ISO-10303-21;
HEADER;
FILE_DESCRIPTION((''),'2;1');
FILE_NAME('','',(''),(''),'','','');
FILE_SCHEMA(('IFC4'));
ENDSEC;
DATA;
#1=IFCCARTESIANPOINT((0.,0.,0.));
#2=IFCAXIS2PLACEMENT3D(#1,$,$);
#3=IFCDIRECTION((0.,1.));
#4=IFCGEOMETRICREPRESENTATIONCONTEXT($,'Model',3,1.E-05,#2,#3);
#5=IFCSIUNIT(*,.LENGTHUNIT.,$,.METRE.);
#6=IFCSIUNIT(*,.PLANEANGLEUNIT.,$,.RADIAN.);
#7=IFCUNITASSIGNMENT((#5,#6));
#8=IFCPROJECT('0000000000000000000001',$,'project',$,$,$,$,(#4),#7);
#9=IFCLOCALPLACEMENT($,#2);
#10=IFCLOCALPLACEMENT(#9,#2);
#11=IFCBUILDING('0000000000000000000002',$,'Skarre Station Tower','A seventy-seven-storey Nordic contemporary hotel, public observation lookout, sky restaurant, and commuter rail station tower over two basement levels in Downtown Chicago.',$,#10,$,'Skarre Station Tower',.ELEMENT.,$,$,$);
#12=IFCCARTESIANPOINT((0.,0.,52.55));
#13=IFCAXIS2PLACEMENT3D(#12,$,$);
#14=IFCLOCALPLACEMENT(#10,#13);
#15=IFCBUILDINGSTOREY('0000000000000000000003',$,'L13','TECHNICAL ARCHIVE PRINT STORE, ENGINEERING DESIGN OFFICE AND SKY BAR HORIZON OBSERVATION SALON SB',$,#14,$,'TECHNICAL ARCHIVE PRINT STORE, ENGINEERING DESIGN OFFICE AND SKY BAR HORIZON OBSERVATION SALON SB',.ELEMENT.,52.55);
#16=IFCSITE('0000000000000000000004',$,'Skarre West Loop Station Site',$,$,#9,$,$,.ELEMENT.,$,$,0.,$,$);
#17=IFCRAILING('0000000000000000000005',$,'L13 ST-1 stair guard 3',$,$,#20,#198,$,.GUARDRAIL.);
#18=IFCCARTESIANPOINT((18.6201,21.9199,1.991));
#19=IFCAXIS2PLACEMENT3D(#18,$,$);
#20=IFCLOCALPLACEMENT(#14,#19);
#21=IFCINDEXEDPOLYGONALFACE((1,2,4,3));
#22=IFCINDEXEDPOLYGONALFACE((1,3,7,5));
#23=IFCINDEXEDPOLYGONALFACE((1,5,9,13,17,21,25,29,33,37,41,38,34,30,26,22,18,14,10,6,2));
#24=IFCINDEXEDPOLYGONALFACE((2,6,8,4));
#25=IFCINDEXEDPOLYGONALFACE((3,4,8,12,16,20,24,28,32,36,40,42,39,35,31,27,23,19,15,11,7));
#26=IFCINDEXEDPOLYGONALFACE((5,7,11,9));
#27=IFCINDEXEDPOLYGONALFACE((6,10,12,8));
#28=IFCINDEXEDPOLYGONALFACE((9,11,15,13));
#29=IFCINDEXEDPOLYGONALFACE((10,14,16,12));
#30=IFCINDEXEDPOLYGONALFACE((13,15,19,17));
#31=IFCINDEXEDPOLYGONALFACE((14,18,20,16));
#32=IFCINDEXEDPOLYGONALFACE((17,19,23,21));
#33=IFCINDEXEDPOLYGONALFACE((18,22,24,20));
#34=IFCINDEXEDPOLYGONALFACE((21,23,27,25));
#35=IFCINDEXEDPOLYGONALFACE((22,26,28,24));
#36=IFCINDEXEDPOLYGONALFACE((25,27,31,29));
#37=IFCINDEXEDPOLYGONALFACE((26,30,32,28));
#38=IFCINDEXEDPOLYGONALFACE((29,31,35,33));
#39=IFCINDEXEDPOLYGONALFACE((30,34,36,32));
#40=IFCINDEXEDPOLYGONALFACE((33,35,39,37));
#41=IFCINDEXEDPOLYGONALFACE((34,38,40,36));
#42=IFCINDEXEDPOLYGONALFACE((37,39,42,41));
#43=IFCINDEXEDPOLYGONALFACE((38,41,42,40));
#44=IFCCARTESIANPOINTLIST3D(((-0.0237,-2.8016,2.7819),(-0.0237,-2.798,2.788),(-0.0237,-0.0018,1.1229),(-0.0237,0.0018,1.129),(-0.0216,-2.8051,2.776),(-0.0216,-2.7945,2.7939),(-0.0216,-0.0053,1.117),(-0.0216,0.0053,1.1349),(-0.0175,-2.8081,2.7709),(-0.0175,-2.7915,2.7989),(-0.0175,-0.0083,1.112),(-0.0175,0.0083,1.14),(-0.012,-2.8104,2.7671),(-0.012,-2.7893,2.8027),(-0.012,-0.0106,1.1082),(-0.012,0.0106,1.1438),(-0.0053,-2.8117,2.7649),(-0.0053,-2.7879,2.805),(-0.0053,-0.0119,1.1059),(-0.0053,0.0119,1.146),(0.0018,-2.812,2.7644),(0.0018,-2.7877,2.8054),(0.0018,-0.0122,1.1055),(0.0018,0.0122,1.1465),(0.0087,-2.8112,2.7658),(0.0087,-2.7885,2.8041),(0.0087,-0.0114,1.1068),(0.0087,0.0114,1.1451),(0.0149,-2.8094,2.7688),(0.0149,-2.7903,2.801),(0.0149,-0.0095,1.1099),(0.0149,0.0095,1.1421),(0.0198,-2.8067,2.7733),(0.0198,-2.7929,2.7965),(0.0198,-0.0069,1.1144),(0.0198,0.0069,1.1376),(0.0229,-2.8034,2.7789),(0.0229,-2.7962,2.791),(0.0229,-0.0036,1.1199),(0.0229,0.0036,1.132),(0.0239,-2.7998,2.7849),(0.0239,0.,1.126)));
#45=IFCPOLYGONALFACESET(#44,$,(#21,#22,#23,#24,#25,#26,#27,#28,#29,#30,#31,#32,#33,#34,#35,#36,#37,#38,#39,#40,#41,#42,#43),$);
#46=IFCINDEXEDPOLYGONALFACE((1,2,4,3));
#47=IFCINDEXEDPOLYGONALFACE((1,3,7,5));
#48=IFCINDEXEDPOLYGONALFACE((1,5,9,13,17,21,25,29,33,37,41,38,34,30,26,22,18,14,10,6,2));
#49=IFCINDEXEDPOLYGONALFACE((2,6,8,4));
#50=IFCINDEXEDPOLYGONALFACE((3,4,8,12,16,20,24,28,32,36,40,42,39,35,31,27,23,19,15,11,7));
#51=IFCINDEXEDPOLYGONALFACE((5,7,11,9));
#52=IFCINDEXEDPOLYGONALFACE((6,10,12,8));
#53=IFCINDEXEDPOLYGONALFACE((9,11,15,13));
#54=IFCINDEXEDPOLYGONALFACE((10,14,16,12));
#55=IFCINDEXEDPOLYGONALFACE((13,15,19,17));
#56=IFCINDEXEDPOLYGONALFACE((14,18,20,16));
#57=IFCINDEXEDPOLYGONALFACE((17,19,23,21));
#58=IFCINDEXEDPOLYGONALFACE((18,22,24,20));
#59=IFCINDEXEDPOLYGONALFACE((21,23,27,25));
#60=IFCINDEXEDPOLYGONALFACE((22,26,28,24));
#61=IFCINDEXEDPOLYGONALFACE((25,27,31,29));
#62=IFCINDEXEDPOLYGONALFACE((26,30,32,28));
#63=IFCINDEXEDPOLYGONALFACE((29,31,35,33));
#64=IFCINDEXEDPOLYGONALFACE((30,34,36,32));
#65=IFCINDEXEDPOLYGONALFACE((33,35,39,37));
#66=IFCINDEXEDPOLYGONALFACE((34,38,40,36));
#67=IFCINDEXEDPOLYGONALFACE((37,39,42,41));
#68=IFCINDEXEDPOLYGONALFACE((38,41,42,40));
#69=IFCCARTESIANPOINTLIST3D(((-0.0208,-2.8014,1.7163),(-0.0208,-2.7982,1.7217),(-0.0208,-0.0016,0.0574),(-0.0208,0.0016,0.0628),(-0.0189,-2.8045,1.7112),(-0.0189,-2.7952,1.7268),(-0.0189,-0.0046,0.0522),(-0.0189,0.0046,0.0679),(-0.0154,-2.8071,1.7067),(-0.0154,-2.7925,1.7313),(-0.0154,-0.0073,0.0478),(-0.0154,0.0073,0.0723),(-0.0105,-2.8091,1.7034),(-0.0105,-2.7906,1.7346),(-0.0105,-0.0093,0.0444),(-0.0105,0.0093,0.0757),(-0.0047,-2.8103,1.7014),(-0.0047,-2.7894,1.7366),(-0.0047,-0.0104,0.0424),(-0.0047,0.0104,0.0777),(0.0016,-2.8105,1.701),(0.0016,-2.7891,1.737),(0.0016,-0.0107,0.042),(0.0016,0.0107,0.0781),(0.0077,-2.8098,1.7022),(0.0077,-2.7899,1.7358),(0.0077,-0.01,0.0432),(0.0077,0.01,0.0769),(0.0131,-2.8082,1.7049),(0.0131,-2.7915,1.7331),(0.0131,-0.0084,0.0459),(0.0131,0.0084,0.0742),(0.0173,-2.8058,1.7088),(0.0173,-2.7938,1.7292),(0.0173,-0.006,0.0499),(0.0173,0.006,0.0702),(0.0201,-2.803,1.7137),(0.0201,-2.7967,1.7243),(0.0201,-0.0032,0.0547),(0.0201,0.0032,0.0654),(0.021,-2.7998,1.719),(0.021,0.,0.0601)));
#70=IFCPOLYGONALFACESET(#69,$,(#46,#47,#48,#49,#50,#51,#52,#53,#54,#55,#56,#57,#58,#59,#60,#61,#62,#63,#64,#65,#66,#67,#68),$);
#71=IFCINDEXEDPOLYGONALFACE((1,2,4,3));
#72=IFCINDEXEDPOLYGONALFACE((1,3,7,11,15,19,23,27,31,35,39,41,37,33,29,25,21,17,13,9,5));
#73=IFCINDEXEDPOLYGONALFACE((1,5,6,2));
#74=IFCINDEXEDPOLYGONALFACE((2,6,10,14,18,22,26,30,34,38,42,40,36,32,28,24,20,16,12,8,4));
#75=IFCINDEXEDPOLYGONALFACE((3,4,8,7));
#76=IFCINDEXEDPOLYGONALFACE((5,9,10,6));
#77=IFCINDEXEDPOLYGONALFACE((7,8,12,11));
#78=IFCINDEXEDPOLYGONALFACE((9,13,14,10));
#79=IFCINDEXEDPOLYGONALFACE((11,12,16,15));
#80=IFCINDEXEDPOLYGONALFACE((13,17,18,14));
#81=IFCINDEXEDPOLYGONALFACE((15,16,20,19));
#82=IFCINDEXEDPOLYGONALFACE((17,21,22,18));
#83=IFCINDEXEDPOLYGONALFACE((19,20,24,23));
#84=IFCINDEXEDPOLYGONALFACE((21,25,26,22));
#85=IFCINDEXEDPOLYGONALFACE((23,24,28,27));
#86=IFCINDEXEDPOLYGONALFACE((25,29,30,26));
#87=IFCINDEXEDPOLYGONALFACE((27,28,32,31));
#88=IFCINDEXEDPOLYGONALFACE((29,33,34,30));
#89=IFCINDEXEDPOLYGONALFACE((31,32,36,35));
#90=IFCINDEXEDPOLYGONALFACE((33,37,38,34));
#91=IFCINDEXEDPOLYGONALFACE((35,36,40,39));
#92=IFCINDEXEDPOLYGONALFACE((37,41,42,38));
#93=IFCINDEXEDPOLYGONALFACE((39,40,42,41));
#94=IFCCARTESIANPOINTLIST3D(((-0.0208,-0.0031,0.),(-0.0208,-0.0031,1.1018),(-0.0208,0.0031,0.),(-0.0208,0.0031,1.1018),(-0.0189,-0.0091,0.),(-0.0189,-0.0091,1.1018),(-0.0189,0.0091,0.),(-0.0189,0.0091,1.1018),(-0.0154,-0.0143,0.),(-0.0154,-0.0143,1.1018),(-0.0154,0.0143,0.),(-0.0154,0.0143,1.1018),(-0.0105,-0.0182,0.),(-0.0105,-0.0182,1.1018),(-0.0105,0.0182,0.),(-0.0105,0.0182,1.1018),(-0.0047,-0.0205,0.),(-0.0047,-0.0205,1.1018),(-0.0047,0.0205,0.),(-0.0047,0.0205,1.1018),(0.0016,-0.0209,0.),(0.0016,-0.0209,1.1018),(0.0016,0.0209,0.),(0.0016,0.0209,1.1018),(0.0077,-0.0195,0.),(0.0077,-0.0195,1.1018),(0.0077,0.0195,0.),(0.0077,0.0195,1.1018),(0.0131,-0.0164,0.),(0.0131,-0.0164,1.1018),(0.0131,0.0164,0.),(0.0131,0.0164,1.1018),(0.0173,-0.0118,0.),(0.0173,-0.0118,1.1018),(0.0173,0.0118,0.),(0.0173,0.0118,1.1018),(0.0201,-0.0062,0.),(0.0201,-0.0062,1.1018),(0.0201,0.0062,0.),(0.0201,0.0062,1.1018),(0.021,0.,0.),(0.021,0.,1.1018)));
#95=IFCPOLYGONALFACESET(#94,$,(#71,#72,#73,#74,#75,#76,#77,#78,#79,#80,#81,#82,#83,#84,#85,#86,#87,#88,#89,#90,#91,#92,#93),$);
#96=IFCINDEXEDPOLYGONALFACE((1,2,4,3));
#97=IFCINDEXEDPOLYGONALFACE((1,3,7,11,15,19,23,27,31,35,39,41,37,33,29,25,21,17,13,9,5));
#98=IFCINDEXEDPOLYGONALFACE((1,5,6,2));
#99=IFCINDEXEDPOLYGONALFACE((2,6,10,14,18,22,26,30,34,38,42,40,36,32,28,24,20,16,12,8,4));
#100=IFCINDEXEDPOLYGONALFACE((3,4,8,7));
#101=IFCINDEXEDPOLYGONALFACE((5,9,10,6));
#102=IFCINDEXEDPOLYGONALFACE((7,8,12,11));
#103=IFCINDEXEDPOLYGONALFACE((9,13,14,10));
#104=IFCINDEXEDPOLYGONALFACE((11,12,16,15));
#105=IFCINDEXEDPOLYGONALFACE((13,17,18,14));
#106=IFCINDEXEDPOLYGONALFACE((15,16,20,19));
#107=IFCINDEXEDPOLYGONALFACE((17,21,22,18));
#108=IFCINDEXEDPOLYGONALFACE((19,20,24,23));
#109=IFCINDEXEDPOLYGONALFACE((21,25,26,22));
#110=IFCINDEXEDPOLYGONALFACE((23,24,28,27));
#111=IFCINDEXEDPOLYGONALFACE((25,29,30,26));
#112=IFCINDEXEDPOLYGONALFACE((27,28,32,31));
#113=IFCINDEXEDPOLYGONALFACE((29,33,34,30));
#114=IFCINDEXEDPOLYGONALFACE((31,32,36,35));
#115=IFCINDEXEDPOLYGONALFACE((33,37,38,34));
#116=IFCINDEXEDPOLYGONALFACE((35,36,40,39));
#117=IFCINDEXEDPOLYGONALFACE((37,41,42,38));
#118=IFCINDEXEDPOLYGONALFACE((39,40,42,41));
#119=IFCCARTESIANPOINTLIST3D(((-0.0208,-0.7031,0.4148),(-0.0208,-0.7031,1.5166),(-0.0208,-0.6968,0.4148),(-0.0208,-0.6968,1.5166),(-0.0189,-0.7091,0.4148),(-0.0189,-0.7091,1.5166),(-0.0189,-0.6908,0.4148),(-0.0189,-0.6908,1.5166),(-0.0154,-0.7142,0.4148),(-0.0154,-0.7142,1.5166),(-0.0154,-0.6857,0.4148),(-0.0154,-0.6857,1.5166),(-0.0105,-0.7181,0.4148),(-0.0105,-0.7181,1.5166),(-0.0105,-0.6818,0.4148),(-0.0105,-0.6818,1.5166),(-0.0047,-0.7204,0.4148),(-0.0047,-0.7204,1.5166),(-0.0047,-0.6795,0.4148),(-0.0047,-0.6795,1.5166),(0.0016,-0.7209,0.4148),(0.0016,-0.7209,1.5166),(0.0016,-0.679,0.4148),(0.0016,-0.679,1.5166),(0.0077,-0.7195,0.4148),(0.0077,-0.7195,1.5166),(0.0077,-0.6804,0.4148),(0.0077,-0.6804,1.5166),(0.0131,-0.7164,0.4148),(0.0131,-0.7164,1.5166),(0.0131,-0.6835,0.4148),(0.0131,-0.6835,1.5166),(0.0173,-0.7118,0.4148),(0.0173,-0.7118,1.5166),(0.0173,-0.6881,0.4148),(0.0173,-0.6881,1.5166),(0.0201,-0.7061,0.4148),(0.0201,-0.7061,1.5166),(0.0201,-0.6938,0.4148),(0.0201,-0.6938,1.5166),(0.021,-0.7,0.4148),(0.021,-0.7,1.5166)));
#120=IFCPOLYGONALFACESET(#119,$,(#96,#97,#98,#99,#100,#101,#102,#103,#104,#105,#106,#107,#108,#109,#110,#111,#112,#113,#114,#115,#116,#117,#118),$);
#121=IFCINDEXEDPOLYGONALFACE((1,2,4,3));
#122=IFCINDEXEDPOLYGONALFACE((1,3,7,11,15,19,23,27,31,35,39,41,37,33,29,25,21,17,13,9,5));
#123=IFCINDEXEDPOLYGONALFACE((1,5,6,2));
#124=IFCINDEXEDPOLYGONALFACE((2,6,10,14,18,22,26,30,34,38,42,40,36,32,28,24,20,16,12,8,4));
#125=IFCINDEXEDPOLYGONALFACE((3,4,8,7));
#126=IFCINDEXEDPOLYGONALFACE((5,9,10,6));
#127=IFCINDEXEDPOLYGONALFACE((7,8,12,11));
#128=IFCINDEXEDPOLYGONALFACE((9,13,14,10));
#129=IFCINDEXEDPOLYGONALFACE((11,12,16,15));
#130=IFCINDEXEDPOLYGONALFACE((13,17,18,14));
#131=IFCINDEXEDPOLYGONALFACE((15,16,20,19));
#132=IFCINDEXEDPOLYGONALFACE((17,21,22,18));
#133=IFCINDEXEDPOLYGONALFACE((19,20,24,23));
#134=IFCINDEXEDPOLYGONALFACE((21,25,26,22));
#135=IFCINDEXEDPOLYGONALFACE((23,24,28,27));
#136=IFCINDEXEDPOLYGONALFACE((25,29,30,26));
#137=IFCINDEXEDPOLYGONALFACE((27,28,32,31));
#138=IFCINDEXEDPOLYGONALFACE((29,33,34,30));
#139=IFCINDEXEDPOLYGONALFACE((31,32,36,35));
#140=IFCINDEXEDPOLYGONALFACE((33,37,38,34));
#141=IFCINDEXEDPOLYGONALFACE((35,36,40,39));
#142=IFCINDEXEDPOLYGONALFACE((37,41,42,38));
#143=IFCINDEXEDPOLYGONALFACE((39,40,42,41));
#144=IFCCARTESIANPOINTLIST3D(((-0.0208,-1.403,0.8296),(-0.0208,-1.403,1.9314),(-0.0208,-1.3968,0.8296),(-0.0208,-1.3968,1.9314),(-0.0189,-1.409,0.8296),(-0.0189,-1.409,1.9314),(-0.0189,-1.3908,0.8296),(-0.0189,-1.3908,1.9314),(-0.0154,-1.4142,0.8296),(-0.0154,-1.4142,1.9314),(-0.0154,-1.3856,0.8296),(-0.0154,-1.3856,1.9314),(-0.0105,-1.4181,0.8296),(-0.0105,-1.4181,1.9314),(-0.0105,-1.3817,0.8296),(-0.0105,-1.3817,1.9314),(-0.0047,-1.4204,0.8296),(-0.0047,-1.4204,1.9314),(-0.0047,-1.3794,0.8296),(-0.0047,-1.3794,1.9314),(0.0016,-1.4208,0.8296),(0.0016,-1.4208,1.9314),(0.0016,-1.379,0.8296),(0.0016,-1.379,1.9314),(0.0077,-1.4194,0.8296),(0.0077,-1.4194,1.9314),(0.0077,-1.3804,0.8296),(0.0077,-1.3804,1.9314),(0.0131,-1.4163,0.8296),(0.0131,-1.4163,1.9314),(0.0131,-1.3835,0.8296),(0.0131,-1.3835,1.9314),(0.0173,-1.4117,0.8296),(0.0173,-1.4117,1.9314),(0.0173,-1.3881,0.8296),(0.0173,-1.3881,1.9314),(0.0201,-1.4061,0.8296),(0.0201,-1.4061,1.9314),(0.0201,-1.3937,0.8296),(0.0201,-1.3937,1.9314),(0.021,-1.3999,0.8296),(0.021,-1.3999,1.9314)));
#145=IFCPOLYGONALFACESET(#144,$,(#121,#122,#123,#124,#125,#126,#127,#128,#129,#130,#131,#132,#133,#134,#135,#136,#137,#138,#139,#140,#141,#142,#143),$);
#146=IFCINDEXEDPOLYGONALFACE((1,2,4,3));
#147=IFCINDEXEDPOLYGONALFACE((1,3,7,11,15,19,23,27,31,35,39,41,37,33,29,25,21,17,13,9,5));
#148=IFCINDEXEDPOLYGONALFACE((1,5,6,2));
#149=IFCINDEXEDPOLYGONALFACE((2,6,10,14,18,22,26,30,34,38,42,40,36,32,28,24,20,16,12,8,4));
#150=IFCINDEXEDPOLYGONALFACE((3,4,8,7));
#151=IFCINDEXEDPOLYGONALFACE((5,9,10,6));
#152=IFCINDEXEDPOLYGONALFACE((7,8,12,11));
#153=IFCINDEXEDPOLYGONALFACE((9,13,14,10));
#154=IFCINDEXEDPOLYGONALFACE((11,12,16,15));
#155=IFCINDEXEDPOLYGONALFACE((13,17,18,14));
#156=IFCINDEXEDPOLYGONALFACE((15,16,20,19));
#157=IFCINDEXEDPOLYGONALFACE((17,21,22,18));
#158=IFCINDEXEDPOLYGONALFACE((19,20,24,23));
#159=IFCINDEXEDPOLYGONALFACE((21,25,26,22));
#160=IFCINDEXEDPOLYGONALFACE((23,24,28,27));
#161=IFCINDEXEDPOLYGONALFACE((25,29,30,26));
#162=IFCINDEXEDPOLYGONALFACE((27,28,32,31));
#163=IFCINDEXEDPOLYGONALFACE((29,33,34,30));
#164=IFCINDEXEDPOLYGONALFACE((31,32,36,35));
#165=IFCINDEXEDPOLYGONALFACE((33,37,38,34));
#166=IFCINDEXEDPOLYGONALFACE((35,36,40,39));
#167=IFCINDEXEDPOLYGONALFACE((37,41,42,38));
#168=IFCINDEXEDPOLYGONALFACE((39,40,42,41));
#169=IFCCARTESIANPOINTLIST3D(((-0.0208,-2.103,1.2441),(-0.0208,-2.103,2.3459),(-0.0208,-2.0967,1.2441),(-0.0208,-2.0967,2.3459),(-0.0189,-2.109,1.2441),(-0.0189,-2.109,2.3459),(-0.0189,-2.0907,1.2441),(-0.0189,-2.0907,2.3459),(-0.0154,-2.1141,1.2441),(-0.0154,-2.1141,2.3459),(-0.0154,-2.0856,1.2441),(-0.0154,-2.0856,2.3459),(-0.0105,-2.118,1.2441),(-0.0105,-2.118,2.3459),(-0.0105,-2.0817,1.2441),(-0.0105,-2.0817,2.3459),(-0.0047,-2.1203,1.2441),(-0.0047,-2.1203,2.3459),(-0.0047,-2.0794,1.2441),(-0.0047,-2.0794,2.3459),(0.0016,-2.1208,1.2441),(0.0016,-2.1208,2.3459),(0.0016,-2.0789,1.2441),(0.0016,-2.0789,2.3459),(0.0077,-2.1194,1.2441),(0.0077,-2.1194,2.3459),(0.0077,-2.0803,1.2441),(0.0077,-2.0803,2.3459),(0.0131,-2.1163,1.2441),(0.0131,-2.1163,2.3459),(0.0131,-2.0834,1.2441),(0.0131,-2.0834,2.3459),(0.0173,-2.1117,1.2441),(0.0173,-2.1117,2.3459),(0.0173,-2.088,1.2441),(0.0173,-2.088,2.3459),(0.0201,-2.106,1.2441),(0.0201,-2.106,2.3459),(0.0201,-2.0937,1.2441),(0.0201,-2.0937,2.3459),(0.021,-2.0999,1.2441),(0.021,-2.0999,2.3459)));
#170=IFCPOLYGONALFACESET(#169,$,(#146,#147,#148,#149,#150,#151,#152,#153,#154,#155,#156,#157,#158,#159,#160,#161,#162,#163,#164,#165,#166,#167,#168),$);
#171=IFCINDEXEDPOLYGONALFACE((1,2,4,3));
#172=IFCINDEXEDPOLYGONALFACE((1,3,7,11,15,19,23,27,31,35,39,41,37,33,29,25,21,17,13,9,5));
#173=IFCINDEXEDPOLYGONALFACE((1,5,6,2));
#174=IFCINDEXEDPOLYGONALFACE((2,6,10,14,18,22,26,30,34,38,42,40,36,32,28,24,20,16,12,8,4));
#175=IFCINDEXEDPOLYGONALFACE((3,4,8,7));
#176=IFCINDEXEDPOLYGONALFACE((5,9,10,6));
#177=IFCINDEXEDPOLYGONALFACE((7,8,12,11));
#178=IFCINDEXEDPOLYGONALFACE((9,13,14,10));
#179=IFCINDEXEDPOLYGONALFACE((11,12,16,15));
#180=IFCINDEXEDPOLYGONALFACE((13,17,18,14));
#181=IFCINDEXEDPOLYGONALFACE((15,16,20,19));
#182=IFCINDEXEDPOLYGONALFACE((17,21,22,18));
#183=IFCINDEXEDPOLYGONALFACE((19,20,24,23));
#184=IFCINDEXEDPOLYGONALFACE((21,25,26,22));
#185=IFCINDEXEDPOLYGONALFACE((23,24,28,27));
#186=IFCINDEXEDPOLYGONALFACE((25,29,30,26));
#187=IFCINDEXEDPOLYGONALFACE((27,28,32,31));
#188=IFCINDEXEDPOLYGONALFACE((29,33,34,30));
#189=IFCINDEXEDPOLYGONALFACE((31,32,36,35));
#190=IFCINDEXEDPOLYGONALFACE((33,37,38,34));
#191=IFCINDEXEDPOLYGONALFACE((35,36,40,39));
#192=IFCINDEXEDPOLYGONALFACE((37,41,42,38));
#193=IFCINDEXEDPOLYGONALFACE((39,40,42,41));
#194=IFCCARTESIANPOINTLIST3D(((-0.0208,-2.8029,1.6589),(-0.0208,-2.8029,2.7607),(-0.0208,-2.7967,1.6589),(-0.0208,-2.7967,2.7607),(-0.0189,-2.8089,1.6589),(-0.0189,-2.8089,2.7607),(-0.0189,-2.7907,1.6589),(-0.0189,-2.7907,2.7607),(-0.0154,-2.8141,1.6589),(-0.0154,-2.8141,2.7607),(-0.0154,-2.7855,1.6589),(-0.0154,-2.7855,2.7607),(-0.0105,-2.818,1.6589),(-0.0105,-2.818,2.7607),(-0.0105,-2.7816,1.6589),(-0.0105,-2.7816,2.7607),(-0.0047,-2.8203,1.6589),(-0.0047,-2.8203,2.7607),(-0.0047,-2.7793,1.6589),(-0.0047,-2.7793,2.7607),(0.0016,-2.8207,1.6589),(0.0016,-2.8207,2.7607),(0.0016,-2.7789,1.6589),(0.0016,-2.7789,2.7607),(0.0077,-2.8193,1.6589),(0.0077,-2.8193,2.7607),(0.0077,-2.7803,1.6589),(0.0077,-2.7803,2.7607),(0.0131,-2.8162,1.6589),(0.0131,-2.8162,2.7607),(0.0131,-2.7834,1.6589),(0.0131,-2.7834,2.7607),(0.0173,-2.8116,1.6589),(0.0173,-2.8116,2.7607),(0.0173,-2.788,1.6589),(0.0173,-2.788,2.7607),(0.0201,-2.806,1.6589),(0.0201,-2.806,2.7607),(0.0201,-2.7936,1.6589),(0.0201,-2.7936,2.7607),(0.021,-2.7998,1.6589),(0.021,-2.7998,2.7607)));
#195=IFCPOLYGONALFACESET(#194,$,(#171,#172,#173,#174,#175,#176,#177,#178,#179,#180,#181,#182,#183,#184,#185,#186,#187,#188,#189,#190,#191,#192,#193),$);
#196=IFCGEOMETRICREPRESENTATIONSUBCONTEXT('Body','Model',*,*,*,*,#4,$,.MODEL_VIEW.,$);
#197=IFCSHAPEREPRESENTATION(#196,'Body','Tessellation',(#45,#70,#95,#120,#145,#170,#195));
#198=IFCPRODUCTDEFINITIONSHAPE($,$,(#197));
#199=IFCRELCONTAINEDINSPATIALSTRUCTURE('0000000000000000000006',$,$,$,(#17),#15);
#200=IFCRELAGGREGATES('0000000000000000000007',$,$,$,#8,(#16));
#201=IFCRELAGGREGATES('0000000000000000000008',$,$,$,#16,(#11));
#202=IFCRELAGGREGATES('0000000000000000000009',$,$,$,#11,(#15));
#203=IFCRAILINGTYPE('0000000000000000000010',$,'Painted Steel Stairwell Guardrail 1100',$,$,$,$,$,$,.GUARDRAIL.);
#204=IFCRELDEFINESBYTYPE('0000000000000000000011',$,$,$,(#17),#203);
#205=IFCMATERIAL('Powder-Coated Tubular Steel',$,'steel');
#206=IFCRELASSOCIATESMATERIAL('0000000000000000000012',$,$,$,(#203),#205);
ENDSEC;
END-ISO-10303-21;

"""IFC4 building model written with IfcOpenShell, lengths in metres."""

from ifc_helpers import new_model, si_unit, direction, frame, origin, origin_2d, place, context, subcontext, project, spatial, circle, extrude, material, type_object, element, save


model = new_model("IFC4")

# Units and contexts
model_context = context("Model", 3, precision=1e-05, world=origin(), true_north=direction((0.0, 1.0)))
body_context = subcontext(model_context, "Body", "Model", "MODEL_VIEW")
ifc_project = project(units=[si_unit("LENGTHUNIT", "METRE"), si_unit("PLANEANGLEUNIT", "RADIAN")], contexts=[model_context])

# Site, building, storey
site_placement = place(None, origin())
site = spatial("IfcSite", under=ifc_project, at=site_placement, Name="Skarre West Loop Station Site", CompositionType="ELEMENT", RefElevation=0.0)
building_placement = place(site_placement, origin())
building = spatial("IfcBuilding", under=site, at=building_placement, Name="Skarre Station Tower", Description="A seventy-seven-storey Nordic contemporary hotel, public observation lookout, sky restaurant, and commuter rail station tower over two basement levels in Downtown Chicago.", LongName="Skarre Station Tower", CompositionType="ELEMENT")
storey_placement = place(building_placement, frame((0.0, 0.0, 52.55)))
storey = spatial("IfcBuildingStorey", under=building, at=storey_placement, Name="L13", Description="TECHNICAL ARCHIVE PRINT STORE, ENGINEERING DESIGN OFFICE AND SKY BAR HORIZON OBSERVATION SALON SB", LongName="TECHNICAL ARCHIVE PRINT STORE, ENGINEERING DESIGN OFFICE AND SKY BAR HORIZON OBSERVATION SALON SB", CompositionType="ELEMENT", Elevation=52.55)

# Railing
ifc_material_1 = material(Name="Powder-Coated Tubular Steel", Category="steel")
railing_type_1 = type_object("IfcRailingType", Name="Painted Steel Stairwell Guardrail 1100", PredefinedType="GUARDRAIL", material=ifc_material_1)
railing_1_placement = place(storey_placement, frame((18.6201, 21.9199, 1.991)))
element("IfcRailing", 1, at=railing_1_placement, inside=storey, type_object=railing_type_1, Name="L13 ST-1 stair guard 3", PredefinedType="GUARDRAIL", context=body_context, shape_type="SweptSolid", body=[
    extrude(circle(Radius=0.0239, at=origin_2d()), frame((0.0, 0.0, 1.126), z_axis=(0.0, -0.86032, 0.509755), x_axis=(1.0, 0.0, 0.0)), (0.0, 0.0, 1.0), 3.2544),
    extrude(circle(Radius=0.021, at=origin_2d()), frame((0.0, 0.0, 0.0601), z_axis=(0.0, -0.86032, 0.509755), x_axis=(1.0, 0.0, 0.0)), (0.0, 0.0, 1.0), 3.2544),
    extrude(circle(Radius=0.021, at=origin_2d()), origin(), (0.0, 0.0, 1.0), 1.1018),
    extrude(circle(Radius=0.021, at=origin_2d()), frame((0.0, -0.7, 0.4148)), (0.0, 0.0, 1.0), 1.1018),
    extrude(circle(Radius=0.021, at=origin_2d()), frame((0.0, -1.3999, 0.8296)), (0.0, 0.0, 1.0), 1.1018),
    extrude(circle(Radius=0.021, at=origin_2d()), frame((0.0, -2.0999, 1.2441)), (0.0, 0.0, 1.0), 1.1018),
    extrude(circle(Radius=0.021, at=origin_2d()), frame((0.0, -2.7998, 1.6589)), (0.0, 0.0, 1.0), 1.1018),
])

save(model, "model.ifc")
